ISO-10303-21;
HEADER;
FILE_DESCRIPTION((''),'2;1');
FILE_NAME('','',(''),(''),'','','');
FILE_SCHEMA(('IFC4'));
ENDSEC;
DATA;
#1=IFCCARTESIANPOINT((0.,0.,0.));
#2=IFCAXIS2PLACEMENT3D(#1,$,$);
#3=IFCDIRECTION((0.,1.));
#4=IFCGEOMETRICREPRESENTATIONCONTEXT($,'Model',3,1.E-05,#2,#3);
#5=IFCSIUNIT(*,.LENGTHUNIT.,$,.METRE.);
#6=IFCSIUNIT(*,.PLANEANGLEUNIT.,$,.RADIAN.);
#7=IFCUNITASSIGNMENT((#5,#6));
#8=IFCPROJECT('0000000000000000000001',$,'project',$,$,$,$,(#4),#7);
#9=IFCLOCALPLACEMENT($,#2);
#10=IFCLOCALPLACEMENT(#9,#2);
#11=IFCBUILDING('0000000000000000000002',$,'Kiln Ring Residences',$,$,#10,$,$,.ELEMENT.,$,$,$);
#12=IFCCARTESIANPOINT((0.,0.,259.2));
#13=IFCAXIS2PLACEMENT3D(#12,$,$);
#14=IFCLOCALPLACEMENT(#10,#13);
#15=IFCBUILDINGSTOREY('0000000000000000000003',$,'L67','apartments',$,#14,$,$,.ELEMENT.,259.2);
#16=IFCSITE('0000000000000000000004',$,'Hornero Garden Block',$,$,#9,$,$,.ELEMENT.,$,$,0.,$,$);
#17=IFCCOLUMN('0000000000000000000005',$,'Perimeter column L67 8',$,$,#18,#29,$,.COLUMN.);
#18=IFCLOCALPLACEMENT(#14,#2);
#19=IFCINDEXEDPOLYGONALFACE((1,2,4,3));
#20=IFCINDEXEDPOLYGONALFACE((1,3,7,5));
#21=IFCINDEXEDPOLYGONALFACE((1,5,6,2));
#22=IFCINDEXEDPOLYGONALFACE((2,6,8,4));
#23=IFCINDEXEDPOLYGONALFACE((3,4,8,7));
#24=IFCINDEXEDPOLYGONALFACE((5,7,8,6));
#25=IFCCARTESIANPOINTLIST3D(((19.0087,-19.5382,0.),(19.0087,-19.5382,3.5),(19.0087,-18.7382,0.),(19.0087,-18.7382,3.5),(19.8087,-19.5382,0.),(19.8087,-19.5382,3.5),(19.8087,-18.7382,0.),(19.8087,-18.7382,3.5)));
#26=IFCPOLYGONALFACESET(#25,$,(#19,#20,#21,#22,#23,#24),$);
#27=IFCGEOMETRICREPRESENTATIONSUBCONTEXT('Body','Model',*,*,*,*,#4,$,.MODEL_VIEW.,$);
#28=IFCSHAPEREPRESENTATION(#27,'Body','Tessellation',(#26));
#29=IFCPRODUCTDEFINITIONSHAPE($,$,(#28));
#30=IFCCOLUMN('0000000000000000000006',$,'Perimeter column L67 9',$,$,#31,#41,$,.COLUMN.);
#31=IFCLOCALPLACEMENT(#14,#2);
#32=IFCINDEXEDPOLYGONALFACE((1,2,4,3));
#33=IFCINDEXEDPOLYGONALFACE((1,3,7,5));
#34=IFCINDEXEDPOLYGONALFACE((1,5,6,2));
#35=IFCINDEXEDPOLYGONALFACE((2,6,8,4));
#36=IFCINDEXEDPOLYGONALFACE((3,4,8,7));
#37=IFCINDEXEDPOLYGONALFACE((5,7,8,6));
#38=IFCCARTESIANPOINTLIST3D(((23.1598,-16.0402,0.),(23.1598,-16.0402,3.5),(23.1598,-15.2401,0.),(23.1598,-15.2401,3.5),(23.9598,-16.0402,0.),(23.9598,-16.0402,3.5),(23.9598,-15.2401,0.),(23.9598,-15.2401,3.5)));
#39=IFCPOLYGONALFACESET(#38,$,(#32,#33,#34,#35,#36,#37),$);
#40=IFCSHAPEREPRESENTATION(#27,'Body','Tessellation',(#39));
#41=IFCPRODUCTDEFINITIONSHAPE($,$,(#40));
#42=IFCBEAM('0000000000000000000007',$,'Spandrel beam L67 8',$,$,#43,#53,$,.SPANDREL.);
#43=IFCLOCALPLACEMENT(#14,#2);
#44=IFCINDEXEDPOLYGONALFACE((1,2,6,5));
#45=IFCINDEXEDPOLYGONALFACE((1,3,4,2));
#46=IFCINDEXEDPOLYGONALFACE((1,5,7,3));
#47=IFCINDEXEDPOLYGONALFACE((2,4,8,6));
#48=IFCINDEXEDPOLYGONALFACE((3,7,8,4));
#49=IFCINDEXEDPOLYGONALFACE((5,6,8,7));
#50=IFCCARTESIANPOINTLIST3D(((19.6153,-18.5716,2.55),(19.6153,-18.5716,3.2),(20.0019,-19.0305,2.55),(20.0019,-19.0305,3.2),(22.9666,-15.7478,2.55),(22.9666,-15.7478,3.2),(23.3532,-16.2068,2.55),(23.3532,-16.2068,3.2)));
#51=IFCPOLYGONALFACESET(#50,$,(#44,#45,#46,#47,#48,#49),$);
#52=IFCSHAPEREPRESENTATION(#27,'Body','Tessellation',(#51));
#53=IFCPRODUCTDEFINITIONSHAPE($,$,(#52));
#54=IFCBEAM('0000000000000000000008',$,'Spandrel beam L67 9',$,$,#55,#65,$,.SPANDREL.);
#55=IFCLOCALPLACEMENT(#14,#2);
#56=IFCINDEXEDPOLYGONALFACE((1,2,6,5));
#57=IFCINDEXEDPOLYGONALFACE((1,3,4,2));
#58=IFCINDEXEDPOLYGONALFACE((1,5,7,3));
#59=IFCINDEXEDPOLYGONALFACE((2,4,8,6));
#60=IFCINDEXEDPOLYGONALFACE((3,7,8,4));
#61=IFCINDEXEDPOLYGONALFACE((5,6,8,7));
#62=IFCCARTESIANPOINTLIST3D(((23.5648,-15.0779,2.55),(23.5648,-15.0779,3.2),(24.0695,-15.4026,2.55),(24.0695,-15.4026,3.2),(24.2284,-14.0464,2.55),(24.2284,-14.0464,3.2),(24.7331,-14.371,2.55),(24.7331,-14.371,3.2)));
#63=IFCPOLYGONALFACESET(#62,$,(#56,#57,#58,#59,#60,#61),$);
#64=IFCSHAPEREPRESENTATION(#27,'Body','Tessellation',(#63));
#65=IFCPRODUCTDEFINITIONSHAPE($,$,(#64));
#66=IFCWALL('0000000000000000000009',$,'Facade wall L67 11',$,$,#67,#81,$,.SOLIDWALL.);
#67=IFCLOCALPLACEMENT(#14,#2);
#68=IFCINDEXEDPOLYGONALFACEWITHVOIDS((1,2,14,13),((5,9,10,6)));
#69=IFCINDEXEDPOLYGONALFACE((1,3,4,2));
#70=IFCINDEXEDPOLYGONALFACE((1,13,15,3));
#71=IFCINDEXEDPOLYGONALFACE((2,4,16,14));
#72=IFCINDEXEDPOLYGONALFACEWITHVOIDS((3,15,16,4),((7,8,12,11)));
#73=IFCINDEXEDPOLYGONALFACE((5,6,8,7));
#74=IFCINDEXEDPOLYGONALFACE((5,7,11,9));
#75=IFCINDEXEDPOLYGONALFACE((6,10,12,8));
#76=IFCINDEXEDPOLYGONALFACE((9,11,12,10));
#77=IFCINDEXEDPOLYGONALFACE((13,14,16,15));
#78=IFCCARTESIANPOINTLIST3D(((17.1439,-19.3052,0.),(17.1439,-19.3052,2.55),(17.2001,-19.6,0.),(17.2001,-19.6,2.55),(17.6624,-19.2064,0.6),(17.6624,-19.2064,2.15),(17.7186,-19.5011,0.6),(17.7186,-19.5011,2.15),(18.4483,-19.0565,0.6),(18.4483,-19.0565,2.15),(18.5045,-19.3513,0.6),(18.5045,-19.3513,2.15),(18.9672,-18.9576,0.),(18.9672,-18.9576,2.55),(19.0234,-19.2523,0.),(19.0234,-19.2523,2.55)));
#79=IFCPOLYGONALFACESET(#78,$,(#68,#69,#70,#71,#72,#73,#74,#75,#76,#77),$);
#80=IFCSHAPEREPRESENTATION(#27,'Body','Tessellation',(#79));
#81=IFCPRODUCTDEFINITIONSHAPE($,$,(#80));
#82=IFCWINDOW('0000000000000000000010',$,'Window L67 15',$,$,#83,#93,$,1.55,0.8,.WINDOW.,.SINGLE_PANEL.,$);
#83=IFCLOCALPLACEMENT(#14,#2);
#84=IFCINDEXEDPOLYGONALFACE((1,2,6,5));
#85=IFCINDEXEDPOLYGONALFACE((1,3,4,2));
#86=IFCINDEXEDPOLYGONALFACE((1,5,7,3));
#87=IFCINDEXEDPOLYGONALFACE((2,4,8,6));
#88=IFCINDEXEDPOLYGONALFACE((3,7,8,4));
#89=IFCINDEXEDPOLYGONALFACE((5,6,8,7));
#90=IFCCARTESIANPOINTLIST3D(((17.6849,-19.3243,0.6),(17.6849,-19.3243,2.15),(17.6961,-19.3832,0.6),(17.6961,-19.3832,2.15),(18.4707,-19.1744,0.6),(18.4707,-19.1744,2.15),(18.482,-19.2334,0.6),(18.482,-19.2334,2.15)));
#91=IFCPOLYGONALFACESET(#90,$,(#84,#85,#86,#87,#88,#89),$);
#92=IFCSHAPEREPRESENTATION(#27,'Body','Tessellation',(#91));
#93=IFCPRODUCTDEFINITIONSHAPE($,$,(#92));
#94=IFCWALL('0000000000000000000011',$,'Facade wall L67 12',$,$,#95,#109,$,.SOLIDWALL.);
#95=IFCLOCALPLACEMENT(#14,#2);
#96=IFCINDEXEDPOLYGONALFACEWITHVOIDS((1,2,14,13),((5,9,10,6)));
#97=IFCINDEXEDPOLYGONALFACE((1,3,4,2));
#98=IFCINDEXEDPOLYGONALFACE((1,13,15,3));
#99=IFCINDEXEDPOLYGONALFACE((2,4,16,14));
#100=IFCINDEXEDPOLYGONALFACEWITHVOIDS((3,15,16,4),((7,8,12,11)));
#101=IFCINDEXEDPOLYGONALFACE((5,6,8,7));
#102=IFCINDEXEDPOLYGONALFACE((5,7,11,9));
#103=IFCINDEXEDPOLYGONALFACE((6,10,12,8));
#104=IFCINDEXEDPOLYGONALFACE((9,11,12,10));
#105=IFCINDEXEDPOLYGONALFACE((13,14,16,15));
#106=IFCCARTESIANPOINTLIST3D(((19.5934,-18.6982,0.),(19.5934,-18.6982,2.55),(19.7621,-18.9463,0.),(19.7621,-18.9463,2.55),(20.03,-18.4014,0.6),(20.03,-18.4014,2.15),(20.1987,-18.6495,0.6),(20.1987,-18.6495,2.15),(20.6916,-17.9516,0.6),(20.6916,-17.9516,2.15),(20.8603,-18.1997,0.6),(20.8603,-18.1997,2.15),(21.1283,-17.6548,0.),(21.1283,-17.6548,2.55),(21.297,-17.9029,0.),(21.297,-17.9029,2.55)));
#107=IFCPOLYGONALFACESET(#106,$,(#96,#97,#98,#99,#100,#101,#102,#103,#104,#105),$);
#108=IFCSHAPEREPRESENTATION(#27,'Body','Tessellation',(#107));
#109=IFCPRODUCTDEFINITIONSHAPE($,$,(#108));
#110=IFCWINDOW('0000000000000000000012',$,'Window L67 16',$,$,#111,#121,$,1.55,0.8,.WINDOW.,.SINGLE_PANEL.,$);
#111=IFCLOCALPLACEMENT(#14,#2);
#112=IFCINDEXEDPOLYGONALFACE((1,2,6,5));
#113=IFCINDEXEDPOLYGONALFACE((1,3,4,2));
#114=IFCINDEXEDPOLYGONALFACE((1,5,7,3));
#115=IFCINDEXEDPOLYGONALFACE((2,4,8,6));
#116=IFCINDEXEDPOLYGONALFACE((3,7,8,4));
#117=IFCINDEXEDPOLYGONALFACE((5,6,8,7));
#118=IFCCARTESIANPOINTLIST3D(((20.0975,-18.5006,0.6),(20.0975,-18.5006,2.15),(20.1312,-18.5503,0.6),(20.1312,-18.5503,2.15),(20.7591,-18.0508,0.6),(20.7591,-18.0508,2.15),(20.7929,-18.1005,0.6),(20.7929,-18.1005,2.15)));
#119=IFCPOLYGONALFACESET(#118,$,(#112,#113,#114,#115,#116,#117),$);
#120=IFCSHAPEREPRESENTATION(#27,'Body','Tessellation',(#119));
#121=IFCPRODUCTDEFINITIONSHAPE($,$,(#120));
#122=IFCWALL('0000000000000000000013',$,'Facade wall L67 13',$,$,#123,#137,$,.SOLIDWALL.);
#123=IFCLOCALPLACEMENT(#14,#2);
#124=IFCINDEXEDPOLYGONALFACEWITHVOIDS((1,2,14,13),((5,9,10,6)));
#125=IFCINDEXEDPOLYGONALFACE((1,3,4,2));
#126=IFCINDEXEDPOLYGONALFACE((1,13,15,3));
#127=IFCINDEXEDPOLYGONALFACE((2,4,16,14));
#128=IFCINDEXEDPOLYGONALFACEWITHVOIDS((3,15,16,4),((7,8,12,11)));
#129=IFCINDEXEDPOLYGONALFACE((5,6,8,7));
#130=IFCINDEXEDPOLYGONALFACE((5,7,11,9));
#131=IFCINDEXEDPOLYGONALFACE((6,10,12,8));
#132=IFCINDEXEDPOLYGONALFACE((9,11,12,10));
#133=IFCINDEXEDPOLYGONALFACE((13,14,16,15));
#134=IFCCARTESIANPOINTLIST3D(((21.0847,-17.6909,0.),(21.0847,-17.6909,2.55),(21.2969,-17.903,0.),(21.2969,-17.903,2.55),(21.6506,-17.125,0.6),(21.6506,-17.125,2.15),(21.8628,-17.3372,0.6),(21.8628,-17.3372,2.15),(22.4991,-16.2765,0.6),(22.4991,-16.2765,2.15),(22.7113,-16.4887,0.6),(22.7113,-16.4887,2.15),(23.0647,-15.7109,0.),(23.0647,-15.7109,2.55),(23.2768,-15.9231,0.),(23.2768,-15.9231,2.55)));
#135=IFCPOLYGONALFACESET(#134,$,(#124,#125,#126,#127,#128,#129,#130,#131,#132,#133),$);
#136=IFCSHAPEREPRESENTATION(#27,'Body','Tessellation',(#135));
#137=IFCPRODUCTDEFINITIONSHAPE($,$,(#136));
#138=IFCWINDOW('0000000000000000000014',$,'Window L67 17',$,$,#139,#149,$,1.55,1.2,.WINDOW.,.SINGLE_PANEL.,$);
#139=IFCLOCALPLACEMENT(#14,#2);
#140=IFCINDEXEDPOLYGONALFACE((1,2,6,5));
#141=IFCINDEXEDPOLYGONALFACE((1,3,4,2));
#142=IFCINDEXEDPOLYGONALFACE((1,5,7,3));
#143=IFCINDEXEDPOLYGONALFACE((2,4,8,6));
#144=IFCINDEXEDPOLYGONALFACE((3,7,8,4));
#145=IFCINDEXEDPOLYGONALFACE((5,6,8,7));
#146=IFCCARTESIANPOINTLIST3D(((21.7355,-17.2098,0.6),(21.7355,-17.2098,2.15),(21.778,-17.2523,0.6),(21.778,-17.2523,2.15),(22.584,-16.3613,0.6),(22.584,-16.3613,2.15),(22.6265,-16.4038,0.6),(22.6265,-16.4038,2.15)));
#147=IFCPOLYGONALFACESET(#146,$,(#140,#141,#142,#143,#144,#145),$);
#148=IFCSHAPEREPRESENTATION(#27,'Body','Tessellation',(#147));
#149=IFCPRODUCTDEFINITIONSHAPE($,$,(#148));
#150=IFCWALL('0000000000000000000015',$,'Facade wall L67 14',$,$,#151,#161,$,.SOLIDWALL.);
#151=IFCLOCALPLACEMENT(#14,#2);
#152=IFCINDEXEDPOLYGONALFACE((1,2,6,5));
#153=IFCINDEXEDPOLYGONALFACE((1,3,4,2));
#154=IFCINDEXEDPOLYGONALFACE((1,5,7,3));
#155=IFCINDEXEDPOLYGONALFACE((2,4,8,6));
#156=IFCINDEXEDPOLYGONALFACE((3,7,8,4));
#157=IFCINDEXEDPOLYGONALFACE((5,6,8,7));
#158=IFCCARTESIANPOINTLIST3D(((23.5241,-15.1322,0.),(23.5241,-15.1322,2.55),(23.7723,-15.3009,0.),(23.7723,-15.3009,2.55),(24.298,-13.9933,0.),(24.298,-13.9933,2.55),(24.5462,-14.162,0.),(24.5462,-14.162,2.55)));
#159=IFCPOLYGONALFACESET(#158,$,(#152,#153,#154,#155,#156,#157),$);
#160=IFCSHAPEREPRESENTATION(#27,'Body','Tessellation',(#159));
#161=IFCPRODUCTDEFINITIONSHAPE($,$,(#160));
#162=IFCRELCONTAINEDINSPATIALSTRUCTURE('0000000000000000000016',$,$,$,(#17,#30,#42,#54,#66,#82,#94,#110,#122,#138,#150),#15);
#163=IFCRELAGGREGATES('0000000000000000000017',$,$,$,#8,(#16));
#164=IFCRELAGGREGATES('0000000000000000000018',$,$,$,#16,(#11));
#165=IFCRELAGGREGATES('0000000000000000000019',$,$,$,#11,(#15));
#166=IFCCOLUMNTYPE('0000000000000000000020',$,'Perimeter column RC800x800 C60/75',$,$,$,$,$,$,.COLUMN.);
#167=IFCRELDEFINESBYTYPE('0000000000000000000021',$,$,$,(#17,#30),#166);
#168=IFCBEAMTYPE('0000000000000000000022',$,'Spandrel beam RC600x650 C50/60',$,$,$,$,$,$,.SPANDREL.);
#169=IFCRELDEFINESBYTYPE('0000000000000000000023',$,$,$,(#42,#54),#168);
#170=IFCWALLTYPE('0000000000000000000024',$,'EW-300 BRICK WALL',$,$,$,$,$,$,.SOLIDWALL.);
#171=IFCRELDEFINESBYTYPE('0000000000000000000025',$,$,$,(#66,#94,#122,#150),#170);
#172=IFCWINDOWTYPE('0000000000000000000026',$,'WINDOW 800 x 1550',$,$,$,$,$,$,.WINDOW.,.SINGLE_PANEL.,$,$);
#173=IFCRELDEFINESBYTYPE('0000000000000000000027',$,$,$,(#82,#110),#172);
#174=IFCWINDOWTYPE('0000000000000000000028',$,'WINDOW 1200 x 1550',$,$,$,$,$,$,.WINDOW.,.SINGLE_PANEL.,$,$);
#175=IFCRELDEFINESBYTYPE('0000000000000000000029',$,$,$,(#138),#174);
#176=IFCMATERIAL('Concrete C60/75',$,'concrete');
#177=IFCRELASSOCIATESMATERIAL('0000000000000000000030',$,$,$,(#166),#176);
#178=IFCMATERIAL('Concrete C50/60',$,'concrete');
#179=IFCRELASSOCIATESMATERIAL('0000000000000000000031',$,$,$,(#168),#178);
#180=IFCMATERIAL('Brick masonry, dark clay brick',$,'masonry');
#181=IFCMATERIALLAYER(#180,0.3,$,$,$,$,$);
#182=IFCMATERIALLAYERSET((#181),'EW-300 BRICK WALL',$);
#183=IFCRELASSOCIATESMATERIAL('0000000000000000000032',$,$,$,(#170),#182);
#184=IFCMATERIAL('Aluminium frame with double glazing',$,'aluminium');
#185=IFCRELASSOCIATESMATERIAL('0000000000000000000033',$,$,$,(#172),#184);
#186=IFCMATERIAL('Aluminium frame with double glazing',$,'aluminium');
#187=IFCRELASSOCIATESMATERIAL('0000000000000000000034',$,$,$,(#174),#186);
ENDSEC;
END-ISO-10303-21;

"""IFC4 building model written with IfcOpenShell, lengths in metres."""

from ifc_helpers import new_model, si_unit, direction, frame, frame_2d, origin, origin_2d, place, context, subcontext, project, spatial, rectangle, extrude, material, layer, layer_set, material_profile, profile_set, type_object, element, fill, save


model = new_model("IFC4")

# Units and contexts
model_context = context("Model", 3, precision=1e-05, world=origin(), true_north=direction((0.0, 1.0)))
body_context = subcontext(model_context, "Body", "Model", "MODEL_VIEW")
ifc_project = project(units=[si_unit("LENGTHUNIT", "METRE"), si_unit("PLANEANGLEUNIT", "RADIAN")], contexts=[model_context])

# Site, building, storey
site_placement = place(None, origin())
site = spatial("IfcSite", under=ifc_project, at=site_placement, Name="Hornero Garden Block", CompositionType="ELEMENT", RefElevation=0.0)
building_placement = place(site_placement, origin())
building = spatial("IfcBuilding", under=site, at=building_placement, Name="Kiln Ring Residences", CompositionType="ELEMENT")
storey_placement = place(building_placement, frame((0.0, 0.0, 259.2)))
storey = spatial("IfcBuildingStorey", under=building, at=storey_placement, Name="L67", Description="apartments", CompositionType="ELEMENT", Elevation=259.2)

# Columns
ifc_material_1 = material(Name="Concrete C60/75", Category="concrete")
ifc_material_profile_1 = material_profile(ifc_material_1, rectangle(XDim=0.8, YDim=0.8, at=origin_2d()), Name="RC800x800")
ifc_profile_set_1 = profile_set([ifc_material_profile_1], Name="Concrete C60/75")
column_type = type_object("IfcColumnType", Name="Perimeter column RC800x800 C60/75", PredefinedType="COLUMN", material=ifc_profile_set_1)
for number, where, z_axis, x_axis, name in (
    (1, (19.4087, -19.1382, 0.0), (0.0, 0.0, 1.0), (1.0, 0.0, 0.0), "Perimeter column L67 8"),
    (2, (23.5598, -15.6401, 0.0), (0.0, 0.0, 1.0), (1.0, 0.0, 0.0), "Perimeter column L67 9"),
):
    element("IfcColumn", number, at=place(storey_placement, frame(where, z_axis=z_axis, x_axis=x_axis)), inside=storey, type_object=column_type, Name=name, PredefinedType="COLUMN", context=body_context, shape_type="SweptSolid", body=[
        extrude(rectangle(XDim=0.8, YDim=0.8, at=origin_2d()), origin(), (0.0, 0.0, 1.0), 3.5),
    ])

# Beams
ifc_material_2 = material(Name="Concrete C50/60", Category="concrete")
ifc_material_profile_2 = material_profile(ifc_material_2, rectangle(XDim=0.6001, YDim=0.6499, at=origin_2d()), Name="RC600x650")
ifc_profile_set_2 = profile_set([ifc_material_profile_2], Name="Concrete C50/60")
beam_type = type_object("IfcBeamType", Name="Spandrel beam RC600x650 C50/60", PredefinedType="SPANDREL", material=ifc_profile_set_2)
beam_1_placement = place(storey_placement, frame((19.8086, -18.801, 2.875), z_axis=(0.764735, 0.644345, 0.0), x_axis=(-0.644345, 0.764735, 0.0)))
element("IfcBeam", 3, at=beam_1_placement, inside=storey, type_object=beam_type, Name="Spandrel beam L67 8", PredefinedType="SPANDREL", context=body_context, shape_type="SweptSolid", body=[
    extrude(rectangle(XDim=0.6001, YDim=0.6499, at=origin_2d()), origin(), (0.0, 0.0, 1.0), 4.3823),
])
beam_2_placement = place(storey_placement, frame((23.8171, -15.2402, 2.875), z_axis=(0.541029, 0.841004, 0.0), x_axis=(-0.841004, 0.541029, 0.0)))
element("IfcBeam", 4, at=beam_2_placement, inside=storey, type_object=beam_type, Name="Spandrel beam L67 9", PredefinedType="SPANDREL", context=body_context, shape_type="SweptSolid", body=[
    extrude(rectangle(XDim=0.6001, YDim=0.6499, at=origin_2d()), origin(), (0.0, 0.0, 1.0), 1.2266),
])

# Walls, openings, windows
ifc_material_3 = material(Name="Brick masonry, dark clay brick", Category="masonry")
ifc_layer_1 = layer(ifc_material_3, 0.3)
ifc_layer_set_1 = layer_set([ifc_layer_1], Name="EW-300 BRICK WALL")
wall_type = type_object("IfcWallType", Name="EW-300 BRICK WALL", PredefinedType="SOLIDWALL", material=ifc_layer_set_1)
wall_1_placement = place(storey_placement, frame((17.1719, -19.4526, 0.0), z_axis=(0.0, 0.0, 1.0), x_axis=(0.982302, 0.187306, 0.0)))
wall_1 = element("IfcWall", 5, at=wall_1_placement, inside=storey, type_object=wall_type, Name="Facade wall L67 11", PredefinedType="SOLIDWALL", context=body_context, shape_type="SweptSolid", body=[
    extrude(rectangle(XDim=1.8562, YDim=0.3, at=frame_2d((0.9282, 0.0))), origin(), (0.0, 0.0, 1.0), 2.55),
])
opening_1_placement = place(wall_1_placement, frame((0.5281, 0.0, 0.6001)))
opening_1 = element("IfcOpeningElement", 6, at=opening_1_placement, cuts=wall_1, PredefinedType="OPENING", context=body_context, shape_type="SweptSolid", body=[
    extrude(rectangle(XDim=0.8, YDim=1.55, at=frame_2d((0.3999, 0.7749))), frame((0.0, 0.1599, 0.0), z_axis=(0.0, -1.0, 0.0), x_axis=(1.0, 0.0, 0.0)), (0.0, 0.0, 1.0), 0.3201),
])
ifc_material_4 = material(Name="Aluminium frame with double glazing", Category="aluminium")
window_type_1 = type_object("IfcWindowType", Name="WINDOW 800 x 1550", PartitioningType="SINGLE_PANEL", PredefinedType="WINDOW", material=ifc_material_4)
window_1_placement = place(opening_1_placement, origin())
window_1 = element("IfcWindow", 7, at=window_1_placement, inside=storey, type_object=window_type_1, Name="Window L67 15", OverallHeight=1.55, OverallWidth=0.8, PartitioningType="SINGLE_PANEL", PredefinedType="WINDOW", context=body_context, shape_type="SweptSolid", body=[
    extrude(rectangle(XDim=0.8, YDim=1.55, at=frame_2d((0.3999, 0.7749))), frame((0.0, 0.03, 0.0), z_axis=(0.0, -1.0, 0.0), x_axis=(1.0, 0.0, 0.0)), (0.0, 0.0, 1.0), 0.0601),
])
fill(opening_1, window_1)
wall_2_placement = place(storey_placement, frame((19.6777, -18.8223, 0.0), z_axis=(0.0, 0.0, 1.0), x_axis=(0.826997, 0.562206, 0.0)))
wall_2 = element("IfcWall", 8, at=wall_2_placement, inside=storey, type_object=wall_type, Name="Facade wall L67 12", PredefinedType="SOLIDWALL", context=body_context, shape_type="SweptSolid", body=[
    extrude(rectangle(XDim=1.856, YDim=0.3, at=frame_2d((0.928, 0.0))), origin(), (0.0, 0.0, 1.0), 2.55),
])
opening_2_placement = place(wall_2_placement, frame((0.5281, 0.0, 0.6001)))
opening_2 = element("IfcOpeningElement", 9, at=opening_2_placement, cuts=wall_2, PredefinedType="OPENING", context=body_context, shape_type="SweptSolid", body=[
    extrude(rectangle(XDim=0.8, YDim=1.55, at=frame_2d((0.3999, 0.7749))), frame((0.0, 0.1599, 0.0), z_axis=(0.0, -1.0, 0.0), x_axis=(1.0, 0.0, 0.0)), (0.0, 0.0, 1.0), 0.3201),
])
window_2_placement = place(opening_2_placement, origin())
window_2 = element("IfcWindow", 10, at=window_2_placement, inside=storey, type_object=window_type_1, Name="Window L67 16", OverallHeight=1.55, OverallWidth=0.8, PartitioningType="SINGLE_PANEL", PredefinedType="WINDOW", context=body_context, shape_type="SweptSolid", body=[
    extrude(rectangle(XDim=0.8, YDim=1.55, at=frame_2d((0.3999, 0.7749))), frame((0.0, 0.03, 0.0), z_axis=(0.0, -1.0, 0.0), x_axis=(1.0, 0.0, 0.0)), (0.0, 0.0, 1.0), 0.0601),
])
fill(opening_2, window_2)
wall_3_placement = place(storey_placement, frame((21.1909, -17.7969, 0.0), z_axis=(0.0, 0.0, 1.0), x_axis=(0.707107, 0.707107, 0.0)))
wall_3 = element("IfcWall", 11, at=wall_3_placement, inside=storey, type_object=wall_type, Name="Facade wall L67 13", PredefinedType="SOLIDWALL", context=body_context, shape_type="SweptSolid", body=[
    extrude(rectangle(XDim=2.8, YDim=0.3, at=frame_2d((1.3999, 0.0))), origin(), (0.0, 0.0, 1.0), 2.55),
])
opening_3_placement = place(wall_3_placement, frame((0.8, 0.0, 0.6001)))
opening_3 = element("IfcOpeningElement", 12, at=opening_3_placement, cuts=wall_3, PredefinedType="OPENING", context=body_context, shape_type="SweptSolid", body=[
    extrude(rectangle(XDim=1.2, YDim=1.55, at=frame_2d((0.6001, 0.7749))), frame((0.0, 0.1599, 0.0), z_axis=(0.0, -1.0, 0.0), x_axis=(1.0, 0.0, 0.0)), (0.0, 0.0, 1.0), 0.3201),
])
ifc_material_5 = material(Name="Aluminium frame with double glazing", Category="aluminium")
window_type_2 = type_object("IfcWindowType", Name="WINDOW 1200 x 1550", PartitioningType="SINGLE_PANEL", PredefinedType="WINDOW", material=ifc_material_5)
window_3_placement = place(opening_3_placement, origin())
window_3 = element("IfcWindow", 13, at=window_3_placement, inside=storey, type_object=window_type_2, Name="Window L67 17", OverallHeight=1.55, OverallWidth=1.2, PartitioningType="SINGLE_PANEL", PredefinedType="WINDOW", context=body_context, shape_type="SweptSolid", body=[
    extrude(rectangle(XDim=1.2, YDim=1.55, at=frame_2d((0.6001, 0.7749))), frame((0.0, 0.03, 0.0), z_axis=(0.0, -1.0, 0.0), x_axis=(1.0, 0.0, 0.0)), (0.0, 0.0, 1.0), 0.0601),
])
fill(opening_3, window_3)

# Wall
wall_4_placement = place(storey_placement, frame((23.6482, -15.2166, 0.0), z_axis=(0.0, 0.0, 1.0), x_axis=(0.562043, 0.827108, 0.0)))
element("IfcWall", 14, at=wall_4_placement, inside=storey, type_object=wall_type, Name="Facade wall L67 14", PredefinedType="SOLIDWALL", context=body_context, shape_type="SweptSolid", body=[
    extrude(rectangle(XDim=1.377, YDim=0.3, at=frame_2d((0.6885, 0.0))), origin(), (0.0, 0.0, 1.0), 2.55),
])

save(model, "model.ifc")
